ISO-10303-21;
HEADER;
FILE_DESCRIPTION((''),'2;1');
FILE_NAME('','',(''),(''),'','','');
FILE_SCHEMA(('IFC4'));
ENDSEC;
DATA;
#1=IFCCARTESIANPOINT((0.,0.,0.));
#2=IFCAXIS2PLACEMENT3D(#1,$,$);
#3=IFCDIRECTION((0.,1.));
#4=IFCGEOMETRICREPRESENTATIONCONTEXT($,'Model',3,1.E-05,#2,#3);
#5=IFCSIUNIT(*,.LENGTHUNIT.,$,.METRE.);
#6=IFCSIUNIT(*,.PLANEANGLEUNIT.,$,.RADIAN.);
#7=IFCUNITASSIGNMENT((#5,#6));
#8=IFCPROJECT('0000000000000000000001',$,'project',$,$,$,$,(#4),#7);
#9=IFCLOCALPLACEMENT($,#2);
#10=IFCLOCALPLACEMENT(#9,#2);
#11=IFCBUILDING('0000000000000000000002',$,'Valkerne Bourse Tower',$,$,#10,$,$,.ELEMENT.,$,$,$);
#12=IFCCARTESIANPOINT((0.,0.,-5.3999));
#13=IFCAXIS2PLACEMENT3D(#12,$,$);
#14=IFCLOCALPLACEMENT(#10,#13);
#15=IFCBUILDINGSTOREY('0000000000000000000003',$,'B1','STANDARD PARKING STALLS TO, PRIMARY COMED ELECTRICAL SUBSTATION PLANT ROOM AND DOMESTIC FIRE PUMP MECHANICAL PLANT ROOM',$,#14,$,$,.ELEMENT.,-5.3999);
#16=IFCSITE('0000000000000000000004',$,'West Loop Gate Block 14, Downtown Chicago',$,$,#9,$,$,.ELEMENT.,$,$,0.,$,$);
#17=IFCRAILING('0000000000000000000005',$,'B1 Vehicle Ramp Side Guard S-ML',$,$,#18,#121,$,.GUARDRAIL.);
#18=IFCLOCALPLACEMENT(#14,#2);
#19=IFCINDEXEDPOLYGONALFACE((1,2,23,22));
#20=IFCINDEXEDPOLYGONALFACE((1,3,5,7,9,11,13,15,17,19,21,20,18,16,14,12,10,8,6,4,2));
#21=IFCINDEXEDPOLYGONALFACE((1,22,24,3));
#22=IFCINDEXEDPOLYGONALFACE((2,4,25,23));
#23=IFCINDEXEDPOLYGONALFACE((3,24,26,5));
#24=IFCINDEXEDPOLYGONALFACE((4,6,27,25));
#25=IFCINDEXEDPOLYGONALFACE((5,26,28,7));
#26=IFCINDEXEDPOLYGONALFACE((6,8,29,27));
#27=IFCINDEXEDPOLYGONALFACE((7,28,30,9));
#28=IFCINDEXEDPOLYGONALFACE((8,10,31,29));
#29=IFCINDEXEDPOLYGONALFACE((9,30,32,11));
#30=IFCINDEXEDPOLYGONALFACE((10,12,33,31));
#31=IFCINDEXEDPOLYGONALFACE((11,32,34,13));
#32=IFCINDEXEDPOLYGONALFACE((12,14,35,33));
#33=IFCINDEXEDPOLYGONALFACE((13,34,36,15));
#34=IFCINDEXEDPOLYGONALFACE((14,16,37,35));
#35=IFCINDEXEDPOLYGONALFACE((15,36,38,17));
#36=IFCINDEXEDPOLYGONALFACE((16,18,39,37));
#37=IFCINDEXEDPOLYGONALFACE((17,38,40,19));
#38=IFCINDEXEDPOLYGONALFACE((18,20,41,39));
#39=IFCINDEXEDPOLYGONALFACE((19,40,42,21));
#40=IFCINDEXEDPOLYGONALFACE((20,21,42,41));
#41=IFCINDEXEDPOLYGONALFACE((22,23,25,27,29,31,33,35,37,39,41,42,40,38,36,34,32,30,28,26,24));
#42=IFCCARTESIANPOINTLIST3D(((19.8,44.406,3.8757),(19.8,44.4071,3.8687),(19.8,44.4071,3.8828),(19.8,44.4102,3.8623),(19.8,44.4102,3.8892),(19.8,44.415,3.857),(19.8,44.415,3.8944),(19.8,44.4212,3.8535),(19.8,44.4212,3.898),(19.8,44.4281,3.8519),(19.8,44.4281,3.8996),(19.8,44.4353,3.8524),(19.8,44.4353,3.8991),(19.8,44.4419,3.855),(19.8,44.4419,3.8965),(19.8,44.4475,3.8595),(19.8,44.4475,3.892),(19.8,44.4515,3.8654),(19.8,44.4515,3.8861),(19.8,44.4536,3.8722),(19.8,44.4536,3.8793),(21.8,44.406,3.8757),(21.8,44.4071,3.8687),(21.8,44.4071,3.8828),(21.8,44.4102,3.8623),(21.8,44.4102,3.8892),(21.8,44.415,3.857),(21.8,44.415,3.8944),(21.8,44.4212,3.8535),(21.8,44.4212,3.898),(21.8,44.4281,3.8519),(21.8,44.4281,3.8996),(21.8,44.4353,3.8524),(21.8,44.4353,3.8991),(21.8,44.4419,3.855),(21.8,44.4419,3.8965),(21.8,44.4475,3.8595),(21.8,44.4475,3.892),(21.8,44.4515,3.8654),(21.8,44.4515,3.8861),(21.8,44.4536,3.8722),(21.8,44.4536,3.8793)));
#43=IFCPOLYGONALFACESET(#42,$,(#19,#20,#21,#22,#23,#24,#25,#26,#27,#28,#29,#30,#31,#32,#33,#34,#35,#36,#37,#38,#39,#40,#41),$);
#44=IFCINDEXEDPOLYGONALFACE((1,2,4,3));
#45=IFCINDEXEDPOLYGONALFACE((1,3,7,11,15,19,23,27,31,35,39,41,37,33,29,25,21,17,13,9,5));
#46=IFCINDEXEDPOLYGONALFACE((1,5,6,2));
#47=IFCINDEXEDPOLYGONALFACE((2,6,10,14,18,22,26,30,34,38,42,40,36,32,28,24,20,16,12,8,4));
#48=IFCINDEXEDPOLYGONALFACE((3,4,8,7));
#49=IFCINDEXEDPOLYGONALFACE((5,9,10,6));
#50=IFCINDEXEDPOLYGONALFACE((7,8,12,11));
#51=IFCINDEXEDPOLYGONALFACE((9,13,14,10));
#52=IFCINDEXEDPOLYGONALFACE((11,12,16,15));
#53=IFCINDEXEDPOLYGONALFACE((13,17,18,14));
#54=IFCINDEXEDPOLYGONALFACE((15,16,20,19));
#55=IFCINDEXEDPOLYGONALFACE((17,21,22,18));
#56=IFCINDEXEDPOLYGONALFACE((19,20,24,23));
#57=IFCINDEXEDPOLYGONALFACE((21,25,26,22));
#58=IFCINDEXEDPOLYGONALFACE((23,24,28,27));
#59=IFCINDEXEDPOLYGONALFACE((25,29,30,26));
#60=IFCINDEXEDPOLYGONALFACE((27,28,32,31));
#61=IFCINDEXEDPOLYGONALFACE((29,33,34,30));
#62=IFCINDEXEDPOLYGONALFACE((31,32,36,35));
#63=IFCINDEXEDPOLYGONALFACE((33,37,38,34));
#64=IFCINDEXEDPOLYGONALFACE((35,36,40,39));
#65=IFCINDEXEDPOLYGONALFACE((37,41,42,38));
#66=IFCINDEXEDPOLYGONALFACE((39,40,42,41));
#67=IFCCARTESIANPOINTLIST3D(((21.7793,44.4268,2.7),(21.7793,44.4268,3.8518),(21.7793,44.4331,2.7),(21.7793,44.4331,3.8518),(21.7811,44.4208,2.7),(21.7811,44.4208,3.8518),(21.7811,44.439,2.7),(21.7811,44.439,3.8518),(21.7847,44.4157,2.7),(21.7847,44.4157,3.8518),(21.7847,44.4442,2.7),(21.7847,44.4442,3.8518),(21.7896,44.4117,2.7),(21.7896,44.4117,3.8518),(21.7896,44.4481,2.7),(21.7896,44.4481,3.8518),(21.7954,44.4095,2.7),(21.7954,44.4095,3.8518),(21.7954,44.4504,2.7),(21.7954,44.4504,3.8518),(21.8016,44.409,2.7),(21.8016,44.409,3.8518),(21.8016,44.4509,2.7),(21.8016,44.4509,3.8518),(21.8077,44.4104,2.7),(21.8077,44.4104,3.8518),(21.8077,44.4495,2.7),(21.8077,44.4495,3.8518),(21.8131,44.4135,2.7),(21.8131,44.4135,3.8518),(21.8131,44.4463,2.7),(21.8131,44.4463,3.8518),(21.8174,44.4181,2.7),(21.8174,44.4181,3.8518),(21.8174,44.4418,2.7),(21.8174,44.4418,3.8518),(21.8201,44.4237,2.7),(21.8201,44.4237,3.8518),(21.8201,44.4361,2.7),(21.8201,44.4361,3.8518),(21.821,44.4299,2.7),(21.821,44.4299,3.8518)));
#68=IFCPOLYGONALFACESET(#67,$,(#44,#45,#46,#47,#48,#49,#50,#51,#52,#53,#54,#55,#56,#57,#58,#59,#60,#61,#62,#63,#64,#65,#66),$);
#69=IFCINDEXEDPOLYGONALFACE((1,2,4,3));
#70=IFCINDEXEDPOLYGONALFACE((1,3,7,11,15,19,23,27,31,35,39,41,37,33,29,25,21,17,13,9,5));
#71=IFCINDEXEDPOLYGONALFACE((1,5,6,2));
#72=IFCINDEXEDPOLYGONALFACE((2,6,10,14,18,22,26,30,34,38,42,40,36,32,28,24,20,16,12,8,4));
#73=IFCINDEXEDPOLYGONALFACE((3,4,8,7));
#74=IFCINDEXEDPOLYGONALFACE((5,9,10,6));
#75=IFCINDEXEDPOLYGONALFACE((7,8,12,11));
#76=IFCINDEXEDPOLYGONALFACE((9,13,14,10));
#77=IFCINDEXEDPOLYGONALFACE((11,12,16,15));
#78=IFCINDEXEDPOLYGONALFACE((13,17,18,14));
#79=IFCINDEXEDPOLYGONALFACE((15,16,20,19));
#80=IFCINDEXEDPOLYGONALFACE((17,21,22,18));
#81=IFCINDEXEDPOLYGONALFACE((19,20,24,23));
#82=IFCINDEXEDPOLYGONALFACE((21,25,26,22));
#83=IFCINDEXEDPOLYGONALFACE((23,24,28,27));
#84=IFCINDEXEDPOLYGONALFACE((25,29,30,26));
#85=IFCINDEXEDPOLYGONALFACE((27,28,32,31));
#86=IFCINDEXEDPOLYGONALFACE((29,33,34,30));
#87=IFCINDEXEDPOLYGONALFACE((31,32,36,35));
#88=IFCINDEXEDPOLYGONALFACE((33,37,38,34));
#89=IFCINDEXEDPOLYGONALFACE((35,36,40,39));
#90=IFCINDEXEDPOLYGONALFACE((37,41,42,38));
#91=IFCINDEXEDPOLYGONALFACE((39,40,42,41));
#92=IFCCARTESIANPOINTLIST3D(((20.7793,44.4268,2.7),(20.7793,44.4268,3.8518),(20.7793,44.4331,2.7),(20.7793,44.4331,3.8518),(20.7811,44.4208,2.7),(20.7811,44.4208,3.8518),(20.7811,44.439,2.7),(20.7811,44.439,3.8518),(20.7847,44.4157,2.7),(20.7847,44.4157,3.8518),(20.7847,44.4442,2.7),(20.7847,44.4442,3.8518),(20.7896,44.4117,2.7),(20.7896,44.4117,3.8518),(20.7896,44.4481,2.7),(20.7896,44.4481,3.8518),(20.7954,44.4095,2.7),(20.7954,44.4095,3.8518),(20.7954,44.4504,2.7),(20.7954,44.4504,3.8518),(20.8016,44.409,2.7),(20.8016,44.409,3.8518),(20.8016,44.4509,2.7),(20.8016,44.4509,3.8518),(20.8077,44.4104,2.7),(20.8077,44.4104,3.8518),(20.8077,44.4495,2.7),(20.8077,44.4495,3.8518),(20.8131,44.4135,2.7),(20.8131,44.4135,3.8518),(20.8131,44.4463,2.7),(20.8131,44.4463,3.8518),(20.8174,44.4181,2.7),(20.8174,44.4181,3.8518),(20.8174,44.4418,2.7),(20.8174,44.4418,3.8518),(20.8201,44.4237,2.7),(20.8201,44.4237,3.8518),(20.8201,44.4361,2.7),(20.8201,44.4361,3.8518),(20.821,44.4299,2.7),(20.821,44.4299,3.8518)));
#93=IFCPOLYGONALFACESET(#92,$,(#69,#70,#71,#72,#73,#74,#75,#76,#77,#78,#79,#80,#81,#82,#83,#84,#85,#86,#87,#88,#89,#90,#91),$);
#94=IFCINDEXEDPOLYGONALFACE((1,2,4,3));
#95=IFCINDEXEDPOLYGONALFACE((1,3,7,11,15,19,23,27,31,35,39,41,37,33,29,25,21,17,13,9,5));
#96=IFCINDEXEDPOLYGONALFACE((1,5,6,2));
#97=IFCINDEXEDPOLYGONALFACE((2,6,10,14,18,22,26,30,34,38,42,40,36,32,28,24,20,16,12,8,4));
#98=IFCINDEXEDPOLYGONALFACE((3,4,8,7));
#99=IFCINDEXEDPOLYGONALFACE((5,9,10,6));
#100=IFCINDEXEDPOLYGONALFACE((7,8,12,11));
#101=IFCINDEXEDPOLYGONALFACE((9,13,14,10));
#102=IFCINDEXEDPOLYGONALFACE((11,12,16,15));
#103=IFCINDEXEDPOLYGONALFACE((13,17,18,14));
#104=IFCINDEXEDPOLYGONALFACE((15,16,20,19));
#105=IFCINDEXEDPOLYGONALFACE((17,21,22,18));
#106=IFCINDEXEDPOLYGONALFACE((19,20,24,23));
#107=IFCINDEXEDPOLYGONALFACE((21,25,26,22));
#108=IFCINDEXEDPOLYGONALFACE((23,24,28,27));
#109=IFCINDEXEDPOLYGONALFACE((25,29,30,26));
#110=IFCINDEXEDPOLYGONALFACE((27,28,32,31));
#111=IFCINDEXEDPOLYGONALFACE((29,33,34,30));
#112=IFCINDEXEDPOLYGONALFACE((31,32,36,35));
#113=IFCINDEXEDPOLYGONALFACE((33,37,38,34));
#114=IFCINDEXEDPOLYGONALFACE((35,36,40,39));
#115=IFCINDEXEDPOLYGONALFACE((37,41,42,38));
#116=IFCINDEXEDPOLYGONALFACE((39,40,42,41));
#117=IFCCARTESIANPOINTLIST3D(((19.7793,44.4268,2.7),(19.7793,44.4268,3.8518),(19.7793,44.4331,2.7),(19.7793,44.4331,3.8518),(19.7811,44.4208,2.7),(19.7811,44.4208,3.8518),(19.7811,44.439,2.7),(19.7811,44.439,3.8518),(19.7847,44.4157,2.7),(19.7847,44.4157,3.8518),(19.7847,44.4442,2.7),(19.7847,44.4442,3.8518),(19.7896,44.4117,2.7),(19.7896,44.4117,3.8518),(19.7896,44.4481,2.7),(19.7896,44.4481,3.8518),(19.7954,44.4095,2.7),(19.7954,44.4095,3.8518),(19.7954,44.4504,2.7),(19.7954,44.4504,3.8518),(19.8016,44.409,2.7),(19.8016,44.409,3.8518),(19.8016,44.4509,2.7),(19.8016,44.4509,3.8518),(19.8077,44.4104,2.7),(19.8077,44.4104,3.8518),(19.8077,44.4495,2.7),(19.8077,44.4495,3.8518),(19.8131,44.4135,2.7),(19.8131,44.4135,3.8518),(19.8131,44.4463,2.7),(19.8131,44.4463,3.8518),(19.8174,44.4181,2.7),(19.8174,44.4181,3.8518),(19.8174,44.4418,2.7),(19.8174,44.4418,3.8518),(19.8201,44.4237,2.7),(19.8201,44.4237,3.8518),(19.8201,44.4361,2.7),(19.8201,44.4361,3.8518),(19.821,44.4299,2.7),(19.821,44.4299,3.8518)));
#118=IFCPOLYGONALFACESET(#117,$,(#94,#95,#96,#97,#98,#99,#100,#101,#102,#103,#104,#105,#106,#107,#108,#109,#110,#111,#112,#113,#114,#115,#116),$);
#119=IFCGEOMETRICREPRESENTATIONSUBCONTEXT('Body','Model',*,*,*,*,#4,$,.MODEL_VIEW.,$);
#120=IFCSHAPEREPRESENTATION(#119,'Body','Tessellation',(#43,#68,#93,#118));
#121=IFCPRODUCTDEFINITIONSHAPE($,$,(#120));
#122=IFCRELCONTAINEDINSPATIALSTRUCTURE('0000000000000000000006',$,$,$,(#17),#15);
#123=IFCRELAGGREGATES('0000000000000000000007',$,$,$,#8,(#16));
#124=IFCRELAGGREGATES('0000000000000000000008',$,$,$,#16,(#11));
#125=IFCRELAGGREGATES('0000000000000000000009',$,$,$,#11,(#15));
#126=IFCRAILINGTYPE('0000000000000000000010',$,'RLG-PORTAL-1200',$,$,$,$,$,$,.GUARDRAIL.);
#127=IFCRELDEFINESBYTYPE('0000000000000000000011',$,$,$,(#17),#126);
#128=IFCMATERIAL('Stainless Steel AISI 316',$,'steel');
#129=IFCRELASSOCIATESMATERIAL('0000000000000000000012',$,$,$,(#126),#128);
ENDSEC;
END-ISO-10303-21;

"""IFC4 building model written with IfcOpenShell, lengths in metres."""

from ifc_helpers import new_model, si_unit, direction, frame, origin, origin_2d, place, context, subcontext, project, spatial, circle, extrude, material, type_object, element, save


model = new_model("IFC4")

# Units and contexts
model_context = context("Model", 3, precision=1e-05, world=origin(), true_north=direction((0.0, 1.0)))
body_context = subcontext(model_context, "Body", "Model", "MODEL_VIEW")
ifc_project = project(units=[si_unit("LENGTHUNIT", "METRE"), si_unit("PLANEANGLEUNIT", "RADIAN")], contexts=[model_context])

# Site, building, storey
site_placement = place(None, origin())
site = spatial("IfcSite", under=ifc_project, at=site_placement, Name="West Loop Gate Block 14, Downtown Chicago", CompositionType="ELEMENT", RefElevation=0.0)
building_placement = place(site_placement, origin())
building = spatial("IfcBuilding", under=site, at=building_placement, Name="Valkerne Bourse Tower", CompositionType="ELEMENT")
storey_placement = place(building_placement, frame((0.0, 0.0, -5.3999)))
storey = spatial("IfcBuildingStorey", under=building, at=storey_placement, Name="B1", Description="STANDARD PARKING STALLS TO, PRIMARY COMED ELECTRICAL SUBSTATION PLANT ROOM AND DOMESTIC FIRE PUMP MECHANICAL PLANT ROOM", CompositionType="ELEMENT", Elevation=-5.3999)

# Railing
ifc_material_1 = material(Name="Stainless Steel AISI 316", Category="steel")
railing_type = type_object("IfcRailingType", Name="RLG-PORTAL-1200", PredefinedType="GUARDRAIL", material=ifc_material_1)
railing_1_placement = place(storey_placement, frame((21.8, 44.4299, 2.7)))
element("IfcRailing", 1, at=railing_1_placement, inside=storey, type_object=railing_type, Name="B1 Vehicle Ramp Side Guard S-ML", PredefinedType="GUARDRAIL", context=body_context, shape_type="SweptSolid", body=[
    extrude(circle(Radius=0.0239, at=origin_2d()), frame((0.0, 0.0, 1.1758), z_axis=(-1.0, 0.0, 0.0), x_axis=(0.0, -1.0, 0.0)), (0.0, 0.0, 1.0), 2.0),
    extrude(circle(Radius=0.021, at=origin_2d()), origin(), (0.0, 0.0, 1.0), 1.1519),
    extrude(circle(Radius=0.021, at=origin_2d()), frame((-1.0, 0.0, 0.0)), (0.0, 0.0, 1.0), 1.1519),
    extrude(circle(Radius=0.021, at=origin_2d()), frame((-2.0, 0.0, 0.0)), (0.0, 0.0, 1.0), 1.1519),
])

save(model, "model.ifc")
